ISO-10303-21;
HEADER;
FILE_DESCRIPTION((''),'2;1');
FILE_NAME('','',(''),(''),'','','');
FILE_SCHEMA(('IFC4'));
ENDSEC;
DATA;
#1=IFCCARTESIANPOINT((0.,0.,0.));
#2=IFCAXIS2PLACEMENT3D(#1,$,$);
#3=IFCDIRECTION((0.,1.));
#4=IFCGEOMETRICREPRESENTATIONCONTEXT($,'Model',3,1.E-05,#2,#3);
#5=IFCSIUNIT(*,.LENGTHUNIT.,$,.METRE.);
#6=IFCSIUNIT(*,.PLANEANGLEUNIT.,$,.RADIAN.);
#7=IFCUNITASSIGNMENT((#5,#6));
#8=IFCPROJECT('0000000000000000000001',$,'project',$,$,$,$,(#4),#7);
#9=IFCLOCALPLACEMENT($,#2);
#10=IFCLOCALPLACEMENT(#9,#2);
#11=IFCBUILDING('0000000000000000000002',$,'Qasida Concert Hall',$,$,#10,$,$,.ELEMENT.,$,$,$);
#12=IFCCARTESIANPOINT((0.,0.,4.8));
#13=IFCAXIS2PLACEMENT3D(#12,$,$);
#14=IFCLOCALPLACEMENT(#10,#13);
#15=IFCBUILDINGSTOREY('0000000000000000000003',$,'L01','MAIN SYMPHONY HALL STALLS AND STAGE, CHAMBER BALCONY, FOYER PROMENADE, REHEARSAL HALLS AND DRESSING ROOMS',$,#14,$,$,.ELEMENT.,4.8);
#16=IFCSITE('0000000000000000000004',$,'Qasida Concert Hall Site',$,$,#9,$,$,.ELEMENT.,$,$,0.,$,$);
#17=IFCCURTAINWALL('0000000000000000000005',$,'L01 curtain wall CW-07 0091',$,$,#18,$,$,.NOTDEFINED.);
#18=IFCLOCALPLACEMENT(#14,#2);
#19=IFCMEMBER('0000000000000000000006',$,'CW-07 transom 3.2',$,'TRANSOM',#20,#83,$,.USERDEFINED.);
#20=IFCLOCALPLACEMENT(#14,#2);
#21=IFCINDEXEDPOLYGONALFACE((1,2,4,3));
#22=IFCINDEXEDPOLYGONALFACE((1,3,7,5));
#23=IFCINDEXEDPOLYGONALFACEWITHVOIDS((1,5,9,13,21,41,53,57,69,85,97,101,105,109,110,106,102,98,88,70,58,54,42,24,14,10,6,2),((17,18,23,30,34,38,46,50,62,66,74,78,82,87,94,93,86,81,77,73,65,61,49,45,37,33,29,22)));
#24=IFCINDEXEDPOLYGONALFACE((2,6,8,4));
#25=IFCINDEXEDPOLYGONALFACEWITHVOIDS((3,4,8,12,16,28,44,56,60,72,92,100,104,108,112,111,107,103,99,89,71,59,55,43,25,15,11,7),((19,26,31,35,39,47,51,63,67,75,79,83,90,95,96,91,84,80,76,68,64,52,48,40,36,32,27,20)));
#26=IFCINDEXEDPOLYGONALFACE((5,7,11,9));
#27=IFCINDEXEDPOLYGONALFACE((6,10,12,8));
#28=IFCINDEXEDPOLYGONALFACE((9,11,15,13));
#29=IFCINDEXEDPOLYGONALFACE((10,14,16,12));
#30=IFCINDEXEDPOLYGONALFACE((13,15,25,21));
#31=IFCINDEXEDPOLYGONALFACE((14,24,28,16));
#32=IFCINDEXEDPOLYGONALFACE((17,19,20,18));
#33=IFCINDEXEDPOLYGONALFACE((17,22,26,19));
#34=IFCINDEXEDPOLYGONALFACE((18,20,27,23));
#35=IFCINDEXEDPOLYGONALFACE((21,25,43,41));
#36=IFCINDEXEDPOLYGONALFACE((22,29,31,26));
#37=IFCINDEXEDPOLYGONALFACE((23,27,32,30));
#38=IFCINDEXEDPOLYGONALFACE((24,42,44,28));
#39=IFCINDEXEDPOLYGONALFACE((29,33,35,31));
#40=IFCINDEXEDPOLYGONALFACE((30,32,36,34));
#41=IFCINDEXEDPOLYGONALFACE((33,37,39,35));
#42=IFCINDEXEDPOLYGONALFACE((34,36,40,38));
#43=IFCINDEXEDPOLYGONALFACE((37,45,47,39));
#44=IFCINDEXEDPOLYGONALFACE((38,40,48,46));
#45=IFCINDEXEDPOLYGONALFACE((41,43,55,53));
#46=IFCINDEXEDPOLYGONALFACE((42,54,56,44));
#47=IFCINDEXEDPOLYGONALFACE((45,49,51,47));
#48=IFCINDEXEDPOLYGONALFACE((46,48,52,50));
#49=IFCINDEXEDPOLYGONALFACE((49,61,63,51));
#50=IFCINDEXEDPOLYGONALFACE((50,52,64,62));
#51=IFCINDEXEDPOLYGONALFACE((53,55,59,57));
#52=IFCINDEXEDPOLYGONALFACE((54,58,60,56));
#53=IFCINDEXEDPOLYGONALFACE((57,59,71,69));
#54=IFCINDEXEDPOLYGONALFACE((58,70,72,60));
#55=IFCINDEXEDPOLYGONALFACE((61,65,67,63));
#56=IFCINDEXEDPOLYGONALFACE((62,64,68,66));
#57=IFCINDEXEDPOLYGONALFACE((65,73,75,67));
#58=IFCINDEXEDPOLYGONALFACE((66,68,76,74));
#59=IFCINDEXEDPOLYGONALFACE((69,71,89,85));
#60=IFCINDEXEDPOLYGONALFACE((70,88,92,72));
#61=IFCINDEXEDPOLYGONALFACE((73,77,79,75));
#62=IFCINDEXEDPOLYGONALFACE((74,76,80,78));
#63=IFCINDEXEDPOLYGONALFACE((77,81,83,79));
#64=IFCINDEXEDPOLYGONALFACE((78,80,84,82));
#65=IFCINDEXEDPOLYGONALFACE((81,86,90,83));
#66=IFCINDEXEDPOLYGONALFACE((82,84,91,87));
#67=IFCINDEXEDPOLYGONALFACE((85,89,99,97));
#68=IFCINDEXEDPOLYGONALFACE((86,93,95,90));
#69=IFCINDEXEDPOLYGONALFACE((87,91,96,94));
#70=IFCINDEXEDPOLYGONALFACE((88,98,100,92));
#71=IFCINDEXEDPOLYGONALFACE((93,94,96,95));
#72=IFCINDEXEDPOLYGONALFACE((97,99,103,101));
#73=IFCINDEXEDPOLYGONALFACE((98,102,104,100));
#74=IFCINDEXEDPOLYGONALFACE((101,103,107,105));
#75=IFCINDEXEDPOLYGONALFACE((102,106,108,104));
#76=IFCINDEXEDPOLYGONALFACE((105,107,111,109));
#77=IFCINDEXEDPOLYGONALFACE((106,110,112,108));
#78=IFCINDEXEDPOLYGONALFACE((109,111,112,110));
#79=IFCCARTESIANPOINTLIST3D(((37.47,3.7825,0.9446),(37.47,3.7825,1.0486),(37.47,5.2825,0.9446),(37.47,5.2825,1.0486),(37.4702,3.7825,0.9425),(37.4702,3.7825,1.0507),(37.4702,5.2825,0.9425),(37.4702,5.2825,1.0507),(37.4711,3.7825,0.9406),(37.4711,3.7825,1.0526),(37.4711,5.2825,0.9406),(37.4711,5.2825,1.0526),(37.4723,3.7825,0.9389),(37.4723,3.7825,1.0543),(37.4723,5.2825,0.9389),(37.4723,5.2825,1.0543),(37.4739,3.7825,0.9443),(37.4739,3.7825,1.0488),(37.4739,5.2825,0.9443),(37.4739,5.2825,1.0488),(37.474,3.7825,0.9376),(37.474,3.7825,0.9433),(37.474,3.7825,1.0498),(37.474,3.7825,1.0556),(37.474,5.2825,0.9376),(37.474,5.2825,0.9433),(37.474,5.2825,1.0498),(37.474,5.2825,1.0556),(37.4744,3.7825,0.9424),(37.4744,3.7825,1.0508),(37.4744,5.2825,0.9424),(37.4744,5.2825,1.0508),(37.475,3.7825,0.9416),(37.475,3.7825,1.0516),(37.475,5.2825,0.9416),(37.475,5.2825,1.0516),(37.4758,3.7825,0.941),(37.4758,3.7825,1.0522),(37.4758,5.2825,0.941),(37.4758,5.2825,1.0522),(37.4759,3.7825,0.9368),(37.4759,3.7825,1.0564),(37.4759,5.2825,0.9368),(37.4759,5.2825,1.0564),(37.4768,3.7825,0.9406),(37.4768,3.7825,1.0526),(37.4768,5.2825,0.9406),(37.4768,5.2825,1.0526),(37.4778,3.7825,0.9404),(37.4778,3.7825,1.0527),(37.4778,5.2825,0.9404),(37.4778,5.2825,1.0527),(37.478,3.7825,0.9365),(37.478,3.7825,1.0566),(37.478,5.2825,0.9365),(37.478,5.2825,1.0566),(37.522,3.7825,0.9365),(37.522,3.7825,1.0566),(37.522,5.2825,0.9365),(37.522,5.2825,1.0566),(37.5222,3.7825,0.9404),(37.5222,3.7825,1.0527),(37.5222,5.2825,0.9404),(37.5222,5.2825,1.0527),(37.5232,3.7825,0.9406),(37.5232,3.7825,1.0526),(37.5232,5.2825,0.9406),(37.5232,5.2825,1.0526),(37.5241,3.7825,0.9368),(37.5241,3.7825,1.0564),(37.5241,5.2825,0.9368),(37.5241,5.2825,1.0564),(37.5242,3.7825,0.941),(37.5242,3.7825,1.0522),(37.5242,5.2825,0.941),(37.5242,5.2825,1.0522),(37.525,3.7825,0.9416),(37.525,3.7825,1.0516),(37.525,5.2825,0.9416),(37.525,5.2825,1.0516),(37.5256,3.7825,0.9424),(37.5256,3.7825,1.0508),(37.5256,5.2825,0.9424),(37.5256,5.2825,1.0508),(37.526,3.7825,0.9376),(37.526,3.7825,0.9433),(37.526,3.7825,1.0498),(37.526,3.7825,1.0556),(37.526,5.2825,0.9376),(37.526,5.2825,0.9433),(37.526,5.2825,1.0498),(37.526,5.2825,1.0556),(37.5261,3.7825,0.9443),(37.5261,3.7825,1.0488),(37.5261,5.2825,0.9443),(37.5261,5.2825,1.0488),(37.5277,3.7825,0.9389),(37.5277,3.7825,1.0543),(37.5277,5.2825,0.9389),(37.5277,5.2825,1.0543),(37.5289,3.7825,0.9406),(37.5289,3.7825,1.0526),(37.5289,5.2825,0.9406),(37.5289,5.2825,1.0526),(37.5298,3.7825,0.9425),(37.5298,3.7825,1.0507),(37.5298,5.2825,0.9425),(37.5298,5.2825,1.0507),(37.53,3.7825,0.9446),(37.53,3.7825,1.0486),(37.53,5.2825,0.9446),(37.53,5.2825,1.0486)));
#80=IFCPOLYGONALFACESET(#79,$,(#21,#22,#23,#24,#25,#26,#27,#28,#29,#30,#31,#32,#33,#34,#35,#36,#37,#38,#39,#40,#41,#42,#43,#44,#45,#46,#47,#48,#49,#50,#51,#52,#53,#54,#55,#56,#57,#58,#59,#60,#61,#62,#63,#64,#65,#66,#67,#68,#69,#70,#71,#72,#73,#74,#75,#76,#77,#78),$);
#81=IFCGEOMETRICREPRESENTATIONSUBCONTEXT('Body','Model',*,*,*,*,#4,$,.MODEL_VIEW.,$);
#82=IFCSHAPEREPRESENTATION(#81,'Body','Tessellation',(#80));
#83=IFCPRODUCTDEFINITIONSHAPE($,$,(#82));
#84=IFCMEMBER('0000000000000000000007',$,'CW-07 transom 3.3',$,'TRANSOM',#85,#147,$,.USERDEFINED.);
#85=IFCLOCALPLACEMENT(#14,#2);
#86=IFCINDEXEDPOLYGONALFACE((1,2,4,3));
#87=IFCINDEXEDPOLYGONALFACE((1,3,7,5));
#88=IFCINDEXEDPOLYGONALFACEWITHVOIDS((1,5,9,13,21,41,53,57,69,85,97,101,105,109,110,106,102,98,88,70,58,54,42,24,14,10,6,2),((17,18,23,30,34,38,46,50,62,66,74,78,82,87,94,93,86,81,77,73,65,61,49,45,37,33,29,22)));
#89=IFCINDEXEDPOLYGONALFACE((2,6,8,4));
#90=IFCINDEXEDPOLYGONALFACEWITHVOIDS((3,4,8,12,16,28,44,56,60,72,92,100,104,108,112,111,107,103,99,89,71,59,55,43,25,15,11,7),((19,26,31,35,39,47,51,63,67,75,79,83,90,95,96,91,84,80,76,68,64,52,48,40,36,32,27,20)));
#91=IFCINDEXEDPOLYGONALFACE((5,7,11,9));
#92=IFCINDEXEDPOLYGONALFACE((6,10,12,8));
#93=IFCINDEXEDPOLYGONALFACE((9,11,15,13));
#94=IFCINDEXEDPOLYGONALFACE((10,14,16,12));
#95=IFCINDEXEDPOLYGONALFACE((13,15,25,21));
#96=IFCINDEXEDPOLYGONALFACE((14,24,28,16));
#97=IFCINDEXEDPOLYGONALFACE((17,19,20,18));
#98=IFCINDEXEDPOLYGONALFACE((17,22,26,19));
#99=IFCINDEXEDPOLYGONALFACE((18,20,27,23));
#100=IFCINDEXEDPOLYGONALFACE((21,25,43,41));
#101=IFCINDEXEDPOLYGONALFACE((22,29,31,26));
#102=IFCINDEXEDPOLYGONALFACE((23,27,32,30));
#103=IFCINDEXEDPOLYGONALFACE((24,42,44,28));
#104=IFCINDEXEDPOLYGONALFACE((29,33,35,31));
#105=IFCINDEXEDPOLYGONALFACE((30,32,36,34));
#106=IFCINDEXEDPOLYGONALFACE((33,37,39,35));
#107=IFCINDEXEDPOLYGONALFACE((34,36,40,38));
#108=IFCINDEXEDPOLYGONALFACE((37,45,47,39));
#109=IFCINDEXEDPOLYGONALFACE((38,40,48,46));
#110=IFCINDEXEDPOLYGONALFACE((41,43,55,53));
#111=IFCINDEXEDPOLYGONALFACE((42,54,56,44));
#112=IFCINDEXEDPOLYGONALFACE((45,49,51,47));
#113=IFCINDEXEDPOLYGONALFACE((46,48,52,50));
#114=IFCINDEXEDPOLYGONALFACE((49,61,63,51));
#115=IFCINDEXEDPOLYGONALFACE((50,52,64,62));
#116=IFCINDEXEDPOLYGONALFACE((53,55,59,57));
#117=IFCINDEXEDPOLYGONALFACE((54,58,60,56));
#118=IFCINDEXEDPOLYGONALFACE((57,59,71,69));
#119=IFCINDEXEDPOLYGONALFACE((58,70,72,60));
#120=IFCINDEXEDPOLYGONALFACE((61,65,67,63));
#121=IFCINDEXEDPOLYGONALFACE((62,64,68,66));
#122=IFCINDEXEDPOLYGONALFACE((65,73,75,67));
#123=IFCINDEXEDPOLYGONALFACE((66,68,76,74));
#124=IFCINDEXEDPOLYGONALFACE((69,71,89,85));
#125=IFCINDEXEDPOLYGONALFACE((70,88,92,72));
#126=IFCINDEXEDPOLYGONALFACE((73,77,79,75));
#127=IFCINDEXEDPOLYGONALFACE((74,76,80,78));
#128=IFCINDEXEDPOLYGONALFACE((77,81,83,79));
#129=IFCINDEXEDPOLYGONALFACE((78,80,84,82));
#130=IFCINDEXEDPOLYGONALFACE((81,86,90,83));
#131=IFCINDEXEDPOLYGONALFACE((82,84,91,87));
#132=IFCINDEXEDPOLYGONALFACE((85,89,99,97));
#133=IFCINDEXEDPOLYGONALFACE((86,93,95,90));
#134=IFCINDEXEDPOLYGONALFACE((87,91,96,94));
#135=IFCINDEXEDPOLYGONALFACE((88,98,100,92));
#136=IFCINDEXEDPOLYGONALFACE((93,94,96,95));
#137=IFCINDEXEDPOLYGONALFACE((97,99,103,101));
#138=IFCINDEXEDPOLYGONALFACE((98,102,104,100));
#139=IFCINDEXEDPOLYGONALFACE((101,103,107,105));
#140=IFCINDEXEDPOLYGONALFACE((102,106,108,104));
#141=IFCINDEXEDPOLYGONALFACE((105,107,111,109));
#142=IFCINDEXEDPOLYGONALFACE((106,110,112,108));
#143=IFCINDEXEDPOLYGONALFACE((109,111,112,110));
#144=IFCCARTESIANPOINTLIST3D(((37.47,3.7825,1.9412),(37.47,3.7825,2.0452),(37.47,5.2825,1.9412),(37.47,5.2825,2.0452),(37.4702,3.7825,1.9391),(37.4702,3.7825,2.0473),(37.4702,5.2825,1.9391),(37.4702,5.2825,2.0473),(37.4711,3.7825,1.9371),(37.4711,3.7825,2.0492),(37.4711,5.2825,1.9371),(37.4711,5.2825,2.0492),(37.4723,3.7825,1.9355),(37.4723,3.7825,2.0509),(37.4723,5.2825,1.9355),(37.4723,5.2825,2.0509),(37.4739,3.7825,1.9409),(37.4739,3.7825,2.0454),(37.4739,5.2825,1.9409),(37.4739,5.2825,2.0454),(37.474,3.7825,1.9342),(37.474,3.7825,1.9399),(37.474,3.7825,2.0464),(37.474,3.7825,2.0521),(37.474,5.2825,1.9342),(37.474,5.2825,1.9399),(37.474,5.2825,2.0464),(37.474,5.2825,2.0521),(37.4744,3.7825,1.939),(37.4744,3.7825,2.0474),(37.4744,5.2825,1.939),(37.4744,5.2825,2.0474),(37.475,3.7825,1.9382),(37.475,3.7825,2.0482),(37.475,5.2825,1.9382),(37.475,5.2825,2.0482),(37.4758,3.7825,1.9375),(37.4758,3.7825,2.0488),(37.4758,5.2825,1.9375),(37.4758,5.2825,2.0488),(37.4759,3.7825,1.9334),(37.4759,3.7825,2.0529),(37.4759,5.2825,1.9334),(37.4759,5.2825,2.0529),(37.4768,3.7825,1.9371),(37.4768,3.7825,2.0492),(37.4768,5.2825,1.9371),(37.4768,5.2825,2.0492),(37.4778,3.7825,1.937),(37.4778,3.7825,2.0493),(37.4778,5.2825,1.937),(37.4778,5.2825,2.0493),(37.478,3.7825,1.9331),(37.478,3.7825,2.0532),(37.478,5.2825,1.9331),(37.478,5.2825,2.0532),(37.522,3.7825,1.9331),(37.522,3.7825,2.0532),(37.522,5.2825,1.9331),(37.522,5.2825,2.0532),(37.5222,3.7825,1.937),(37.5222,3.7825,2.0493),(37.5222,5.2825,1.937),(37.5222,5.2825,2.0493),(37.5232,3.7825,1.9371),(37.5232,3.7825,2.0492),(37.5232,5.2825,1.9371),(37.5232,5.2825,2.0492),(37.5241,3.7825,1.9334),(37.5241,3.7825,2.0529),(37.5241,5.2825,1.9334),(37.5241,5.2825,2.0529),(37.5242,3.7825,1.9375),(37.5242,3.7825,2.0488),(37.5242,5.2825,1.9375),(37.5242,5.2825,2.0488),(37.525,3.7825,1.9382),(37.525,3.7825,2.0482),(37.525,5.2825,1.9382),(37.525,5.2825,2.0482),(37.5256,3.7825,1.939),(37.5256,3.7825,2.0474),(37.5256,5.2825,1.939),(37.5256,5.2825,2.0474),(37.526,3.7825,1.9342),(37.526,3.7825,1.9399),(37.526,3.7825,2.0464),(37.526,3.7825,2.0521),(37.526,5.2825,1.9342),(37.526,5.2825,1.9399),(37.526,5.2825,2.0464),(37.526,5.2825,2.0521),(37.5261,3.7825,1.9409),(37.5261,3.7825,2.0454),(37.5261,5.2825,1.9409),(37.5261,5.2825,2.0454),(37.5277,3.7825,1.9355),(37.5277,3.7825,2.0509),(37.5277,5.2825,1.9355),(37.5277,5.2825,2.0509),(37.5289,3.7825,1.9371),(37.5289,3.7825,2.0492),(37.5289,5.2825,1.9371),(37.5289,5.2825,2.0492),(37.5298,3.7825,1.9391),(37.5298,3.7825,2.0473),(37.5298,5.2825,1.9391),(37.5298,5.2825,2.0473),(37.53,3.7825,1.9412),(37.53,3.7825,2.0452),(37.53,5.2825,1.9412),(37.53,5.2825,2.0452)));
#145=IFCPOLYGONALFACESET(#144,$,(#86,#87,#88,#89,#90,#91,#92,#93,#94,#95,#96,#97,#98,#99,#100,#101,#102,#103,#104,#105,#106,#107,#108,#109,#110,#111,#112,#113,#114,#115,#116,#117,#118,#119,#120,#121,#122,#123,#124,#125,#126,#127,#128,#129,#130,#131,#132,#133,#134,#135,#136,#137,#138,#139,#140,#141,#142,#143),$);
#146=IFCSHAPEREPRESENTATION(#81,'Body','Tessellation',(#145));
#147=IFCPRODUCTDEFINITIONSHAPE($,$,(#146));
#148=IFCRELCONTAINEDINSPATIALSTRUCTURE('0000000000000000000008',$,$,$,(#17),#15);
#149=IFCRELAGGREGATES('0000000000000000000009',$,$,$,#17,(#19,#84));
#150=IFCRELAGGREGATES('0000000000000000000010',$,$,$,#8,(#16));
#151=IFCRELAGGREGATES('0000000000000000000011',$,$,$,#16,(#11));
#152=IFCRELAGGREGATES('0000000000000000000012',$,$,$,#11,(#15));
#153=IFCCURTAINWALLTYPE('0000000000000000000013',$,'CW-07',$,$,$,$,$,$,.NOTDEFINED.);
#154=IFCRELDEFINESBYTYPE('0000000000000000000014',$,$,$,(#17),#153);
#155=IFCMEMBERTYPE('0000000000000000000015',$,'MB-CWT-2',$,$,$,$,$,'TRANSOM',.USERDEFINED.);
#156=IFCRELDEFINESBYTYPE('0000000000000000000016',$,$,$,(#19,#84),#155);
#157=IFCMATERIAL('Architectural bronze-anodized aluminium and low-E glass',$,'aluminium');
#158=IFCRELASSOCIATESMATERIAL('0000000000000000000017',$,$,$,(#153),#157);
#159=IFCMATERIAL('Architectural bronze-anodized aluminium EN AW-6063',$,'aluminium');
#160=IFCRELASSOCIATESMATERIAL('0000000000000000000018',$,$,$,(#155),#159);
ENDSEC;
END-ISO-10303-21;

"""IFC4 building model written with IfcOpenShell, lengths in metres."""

from ifc_helpers import new_model, si_unit, direction, frame, origin, origin_2d, place, context, subcontext, project, spatial, hollow_rectangle, extrude, material, material_profile, profile_set, type_object, element, aggregate, save


model = new_model("IFC4")

# Units and contexts
model_context = context("Model", 3, precision=1e-05, world=origin(), true_north=direction((0.0, 1.0)))
body_context = subcontext(model_context, "Body", "Model", "MODEL_VIEW")
ifc_project = project(units=[si_unit("LENGTHUNIT", "METRE"), si_unit("PLANEANGLEUNIT", "RADIAN")], contexts=[model_context])

# Site, building, storey
site_placement = place(None, origin())
site = spatial("IfcSite", under=ifc_project, at=site_placement, Name="Qasida Concert Hall Site", CompositionType="ELEMENT", RefElevation=0.0)
building_placement = place(site_placement, origin())
building = spatial("IfcBuilding", under=site, at=building_placement, Name="Qasida Concert Hall", CompositionType="ELEMENT")
storey_placement = place(building_placement, frame((0.0, 0.0, 4.8)))
storey = spatial("IfcBuildingStorey", under=building, at=storey_placement, Name="L01", Description="MAIN SYMPHONY HALL STALLS AND STAGE, CHAMBER BALCONY, FOYER PROMENADE, REHEARSAL HALLS AND DRESSING ROOMS", CompositionType="ELEMENT", Elevation=4.8)

# Curtain wall, members
ifc_material_1 = material(Name="Architectural bronze-anodized aluminium and low-E glass", Category="aluminium")
curtain_wall_type = type_object("IfcCurtainWallType", Name="CW-07", PredefinedType="NOTDEFINED", material=ifc_material_1)
curtain_wall_placement = place(storey_placement, origin())
curtain_wall = element("IfcCurtainWall", 1, at=curtain_wall_placement, inside=storey, type_object=curtain_wall_type, Name="L01 curtain wall CW-07 0091", PredefinedType="NOTDEFINED")
ifc_material_2 = material(Name="Architectural bronze-anodized aluminium EN AW-6063", Category="aluminium")
ifc_material_profile_1 = material_profile(ifc_material_2, hollow_rectangle(XDim=0.0601, YDim=0.1201, WallThickness=0.0039, InnerFilletRadius=0.0039, OuterFilletRadius=0.0081, at=origin_2d()), Name="CWT 120x60x4")
ifc_profile_set_1 = profile_set([ifc_material_profile_1], Name="Architectural bronze-anodized aluminium EN AW-6063")
member_type_1 = type_object("IfcMemberType", Name="MB-CWT-2", ElementType="TRANSOM", PredefinedType="USERDEFINED", material=ifc_profile_set_1)
member_1_placement = place(storey_placement, frame((37.5, 3.7825, 0.9966), z_axis=(0.0, 1.0, 0.0), x_axis=(-1.0, 0.0, 0.0)))
member_1 = element("IfcMember", 2, at=member_1_placement, type_object=member_type_1, Name="CW-07 transom 3.2", ObjectType="TRANSOM", PredefinedType="USERDEFINED", context=body_context, shape_type="SweptSolid", body=[
    extrude(hollow_rectangle(XDim=0.0601, YDim=0.1201, WallThickness=0.0039, InnerFilletRadius=0.0039, OuterFilletRadius=0.0081, at=origin_2d()), origin(), (0.0, 0.0, 1.0), 1.5),
])
member_2_placement = place(storey_placement, frame((37.5, 3.7825, 1.9932), z_axis=(0.0, 1.0, 0.0), x_axis=(-1.0, 0.0, 0.0)))
member_2 = element("IfcMember", 3, at=member_2_placement, type_object=member_type_1, Name="CW-07 transom 3.3", ObjectType="TRANSOM", PredefinedType="USERDEFINED", context=body_context, shape_type="SweptSolid", body=[
    extrude(hollow_rectangle(XDim=0.0601, YDim=0.1201, WallThickness=0.0039, InnerFilletRadius=0.0039, OuterFilletRadius=0.0081, at=origin_2d()), origin(), (0.0, 0.0, 1.0), 1.5),
])
aggregate(curtain_wall, [member_1, member_2])

save(model, "model.ifc")
